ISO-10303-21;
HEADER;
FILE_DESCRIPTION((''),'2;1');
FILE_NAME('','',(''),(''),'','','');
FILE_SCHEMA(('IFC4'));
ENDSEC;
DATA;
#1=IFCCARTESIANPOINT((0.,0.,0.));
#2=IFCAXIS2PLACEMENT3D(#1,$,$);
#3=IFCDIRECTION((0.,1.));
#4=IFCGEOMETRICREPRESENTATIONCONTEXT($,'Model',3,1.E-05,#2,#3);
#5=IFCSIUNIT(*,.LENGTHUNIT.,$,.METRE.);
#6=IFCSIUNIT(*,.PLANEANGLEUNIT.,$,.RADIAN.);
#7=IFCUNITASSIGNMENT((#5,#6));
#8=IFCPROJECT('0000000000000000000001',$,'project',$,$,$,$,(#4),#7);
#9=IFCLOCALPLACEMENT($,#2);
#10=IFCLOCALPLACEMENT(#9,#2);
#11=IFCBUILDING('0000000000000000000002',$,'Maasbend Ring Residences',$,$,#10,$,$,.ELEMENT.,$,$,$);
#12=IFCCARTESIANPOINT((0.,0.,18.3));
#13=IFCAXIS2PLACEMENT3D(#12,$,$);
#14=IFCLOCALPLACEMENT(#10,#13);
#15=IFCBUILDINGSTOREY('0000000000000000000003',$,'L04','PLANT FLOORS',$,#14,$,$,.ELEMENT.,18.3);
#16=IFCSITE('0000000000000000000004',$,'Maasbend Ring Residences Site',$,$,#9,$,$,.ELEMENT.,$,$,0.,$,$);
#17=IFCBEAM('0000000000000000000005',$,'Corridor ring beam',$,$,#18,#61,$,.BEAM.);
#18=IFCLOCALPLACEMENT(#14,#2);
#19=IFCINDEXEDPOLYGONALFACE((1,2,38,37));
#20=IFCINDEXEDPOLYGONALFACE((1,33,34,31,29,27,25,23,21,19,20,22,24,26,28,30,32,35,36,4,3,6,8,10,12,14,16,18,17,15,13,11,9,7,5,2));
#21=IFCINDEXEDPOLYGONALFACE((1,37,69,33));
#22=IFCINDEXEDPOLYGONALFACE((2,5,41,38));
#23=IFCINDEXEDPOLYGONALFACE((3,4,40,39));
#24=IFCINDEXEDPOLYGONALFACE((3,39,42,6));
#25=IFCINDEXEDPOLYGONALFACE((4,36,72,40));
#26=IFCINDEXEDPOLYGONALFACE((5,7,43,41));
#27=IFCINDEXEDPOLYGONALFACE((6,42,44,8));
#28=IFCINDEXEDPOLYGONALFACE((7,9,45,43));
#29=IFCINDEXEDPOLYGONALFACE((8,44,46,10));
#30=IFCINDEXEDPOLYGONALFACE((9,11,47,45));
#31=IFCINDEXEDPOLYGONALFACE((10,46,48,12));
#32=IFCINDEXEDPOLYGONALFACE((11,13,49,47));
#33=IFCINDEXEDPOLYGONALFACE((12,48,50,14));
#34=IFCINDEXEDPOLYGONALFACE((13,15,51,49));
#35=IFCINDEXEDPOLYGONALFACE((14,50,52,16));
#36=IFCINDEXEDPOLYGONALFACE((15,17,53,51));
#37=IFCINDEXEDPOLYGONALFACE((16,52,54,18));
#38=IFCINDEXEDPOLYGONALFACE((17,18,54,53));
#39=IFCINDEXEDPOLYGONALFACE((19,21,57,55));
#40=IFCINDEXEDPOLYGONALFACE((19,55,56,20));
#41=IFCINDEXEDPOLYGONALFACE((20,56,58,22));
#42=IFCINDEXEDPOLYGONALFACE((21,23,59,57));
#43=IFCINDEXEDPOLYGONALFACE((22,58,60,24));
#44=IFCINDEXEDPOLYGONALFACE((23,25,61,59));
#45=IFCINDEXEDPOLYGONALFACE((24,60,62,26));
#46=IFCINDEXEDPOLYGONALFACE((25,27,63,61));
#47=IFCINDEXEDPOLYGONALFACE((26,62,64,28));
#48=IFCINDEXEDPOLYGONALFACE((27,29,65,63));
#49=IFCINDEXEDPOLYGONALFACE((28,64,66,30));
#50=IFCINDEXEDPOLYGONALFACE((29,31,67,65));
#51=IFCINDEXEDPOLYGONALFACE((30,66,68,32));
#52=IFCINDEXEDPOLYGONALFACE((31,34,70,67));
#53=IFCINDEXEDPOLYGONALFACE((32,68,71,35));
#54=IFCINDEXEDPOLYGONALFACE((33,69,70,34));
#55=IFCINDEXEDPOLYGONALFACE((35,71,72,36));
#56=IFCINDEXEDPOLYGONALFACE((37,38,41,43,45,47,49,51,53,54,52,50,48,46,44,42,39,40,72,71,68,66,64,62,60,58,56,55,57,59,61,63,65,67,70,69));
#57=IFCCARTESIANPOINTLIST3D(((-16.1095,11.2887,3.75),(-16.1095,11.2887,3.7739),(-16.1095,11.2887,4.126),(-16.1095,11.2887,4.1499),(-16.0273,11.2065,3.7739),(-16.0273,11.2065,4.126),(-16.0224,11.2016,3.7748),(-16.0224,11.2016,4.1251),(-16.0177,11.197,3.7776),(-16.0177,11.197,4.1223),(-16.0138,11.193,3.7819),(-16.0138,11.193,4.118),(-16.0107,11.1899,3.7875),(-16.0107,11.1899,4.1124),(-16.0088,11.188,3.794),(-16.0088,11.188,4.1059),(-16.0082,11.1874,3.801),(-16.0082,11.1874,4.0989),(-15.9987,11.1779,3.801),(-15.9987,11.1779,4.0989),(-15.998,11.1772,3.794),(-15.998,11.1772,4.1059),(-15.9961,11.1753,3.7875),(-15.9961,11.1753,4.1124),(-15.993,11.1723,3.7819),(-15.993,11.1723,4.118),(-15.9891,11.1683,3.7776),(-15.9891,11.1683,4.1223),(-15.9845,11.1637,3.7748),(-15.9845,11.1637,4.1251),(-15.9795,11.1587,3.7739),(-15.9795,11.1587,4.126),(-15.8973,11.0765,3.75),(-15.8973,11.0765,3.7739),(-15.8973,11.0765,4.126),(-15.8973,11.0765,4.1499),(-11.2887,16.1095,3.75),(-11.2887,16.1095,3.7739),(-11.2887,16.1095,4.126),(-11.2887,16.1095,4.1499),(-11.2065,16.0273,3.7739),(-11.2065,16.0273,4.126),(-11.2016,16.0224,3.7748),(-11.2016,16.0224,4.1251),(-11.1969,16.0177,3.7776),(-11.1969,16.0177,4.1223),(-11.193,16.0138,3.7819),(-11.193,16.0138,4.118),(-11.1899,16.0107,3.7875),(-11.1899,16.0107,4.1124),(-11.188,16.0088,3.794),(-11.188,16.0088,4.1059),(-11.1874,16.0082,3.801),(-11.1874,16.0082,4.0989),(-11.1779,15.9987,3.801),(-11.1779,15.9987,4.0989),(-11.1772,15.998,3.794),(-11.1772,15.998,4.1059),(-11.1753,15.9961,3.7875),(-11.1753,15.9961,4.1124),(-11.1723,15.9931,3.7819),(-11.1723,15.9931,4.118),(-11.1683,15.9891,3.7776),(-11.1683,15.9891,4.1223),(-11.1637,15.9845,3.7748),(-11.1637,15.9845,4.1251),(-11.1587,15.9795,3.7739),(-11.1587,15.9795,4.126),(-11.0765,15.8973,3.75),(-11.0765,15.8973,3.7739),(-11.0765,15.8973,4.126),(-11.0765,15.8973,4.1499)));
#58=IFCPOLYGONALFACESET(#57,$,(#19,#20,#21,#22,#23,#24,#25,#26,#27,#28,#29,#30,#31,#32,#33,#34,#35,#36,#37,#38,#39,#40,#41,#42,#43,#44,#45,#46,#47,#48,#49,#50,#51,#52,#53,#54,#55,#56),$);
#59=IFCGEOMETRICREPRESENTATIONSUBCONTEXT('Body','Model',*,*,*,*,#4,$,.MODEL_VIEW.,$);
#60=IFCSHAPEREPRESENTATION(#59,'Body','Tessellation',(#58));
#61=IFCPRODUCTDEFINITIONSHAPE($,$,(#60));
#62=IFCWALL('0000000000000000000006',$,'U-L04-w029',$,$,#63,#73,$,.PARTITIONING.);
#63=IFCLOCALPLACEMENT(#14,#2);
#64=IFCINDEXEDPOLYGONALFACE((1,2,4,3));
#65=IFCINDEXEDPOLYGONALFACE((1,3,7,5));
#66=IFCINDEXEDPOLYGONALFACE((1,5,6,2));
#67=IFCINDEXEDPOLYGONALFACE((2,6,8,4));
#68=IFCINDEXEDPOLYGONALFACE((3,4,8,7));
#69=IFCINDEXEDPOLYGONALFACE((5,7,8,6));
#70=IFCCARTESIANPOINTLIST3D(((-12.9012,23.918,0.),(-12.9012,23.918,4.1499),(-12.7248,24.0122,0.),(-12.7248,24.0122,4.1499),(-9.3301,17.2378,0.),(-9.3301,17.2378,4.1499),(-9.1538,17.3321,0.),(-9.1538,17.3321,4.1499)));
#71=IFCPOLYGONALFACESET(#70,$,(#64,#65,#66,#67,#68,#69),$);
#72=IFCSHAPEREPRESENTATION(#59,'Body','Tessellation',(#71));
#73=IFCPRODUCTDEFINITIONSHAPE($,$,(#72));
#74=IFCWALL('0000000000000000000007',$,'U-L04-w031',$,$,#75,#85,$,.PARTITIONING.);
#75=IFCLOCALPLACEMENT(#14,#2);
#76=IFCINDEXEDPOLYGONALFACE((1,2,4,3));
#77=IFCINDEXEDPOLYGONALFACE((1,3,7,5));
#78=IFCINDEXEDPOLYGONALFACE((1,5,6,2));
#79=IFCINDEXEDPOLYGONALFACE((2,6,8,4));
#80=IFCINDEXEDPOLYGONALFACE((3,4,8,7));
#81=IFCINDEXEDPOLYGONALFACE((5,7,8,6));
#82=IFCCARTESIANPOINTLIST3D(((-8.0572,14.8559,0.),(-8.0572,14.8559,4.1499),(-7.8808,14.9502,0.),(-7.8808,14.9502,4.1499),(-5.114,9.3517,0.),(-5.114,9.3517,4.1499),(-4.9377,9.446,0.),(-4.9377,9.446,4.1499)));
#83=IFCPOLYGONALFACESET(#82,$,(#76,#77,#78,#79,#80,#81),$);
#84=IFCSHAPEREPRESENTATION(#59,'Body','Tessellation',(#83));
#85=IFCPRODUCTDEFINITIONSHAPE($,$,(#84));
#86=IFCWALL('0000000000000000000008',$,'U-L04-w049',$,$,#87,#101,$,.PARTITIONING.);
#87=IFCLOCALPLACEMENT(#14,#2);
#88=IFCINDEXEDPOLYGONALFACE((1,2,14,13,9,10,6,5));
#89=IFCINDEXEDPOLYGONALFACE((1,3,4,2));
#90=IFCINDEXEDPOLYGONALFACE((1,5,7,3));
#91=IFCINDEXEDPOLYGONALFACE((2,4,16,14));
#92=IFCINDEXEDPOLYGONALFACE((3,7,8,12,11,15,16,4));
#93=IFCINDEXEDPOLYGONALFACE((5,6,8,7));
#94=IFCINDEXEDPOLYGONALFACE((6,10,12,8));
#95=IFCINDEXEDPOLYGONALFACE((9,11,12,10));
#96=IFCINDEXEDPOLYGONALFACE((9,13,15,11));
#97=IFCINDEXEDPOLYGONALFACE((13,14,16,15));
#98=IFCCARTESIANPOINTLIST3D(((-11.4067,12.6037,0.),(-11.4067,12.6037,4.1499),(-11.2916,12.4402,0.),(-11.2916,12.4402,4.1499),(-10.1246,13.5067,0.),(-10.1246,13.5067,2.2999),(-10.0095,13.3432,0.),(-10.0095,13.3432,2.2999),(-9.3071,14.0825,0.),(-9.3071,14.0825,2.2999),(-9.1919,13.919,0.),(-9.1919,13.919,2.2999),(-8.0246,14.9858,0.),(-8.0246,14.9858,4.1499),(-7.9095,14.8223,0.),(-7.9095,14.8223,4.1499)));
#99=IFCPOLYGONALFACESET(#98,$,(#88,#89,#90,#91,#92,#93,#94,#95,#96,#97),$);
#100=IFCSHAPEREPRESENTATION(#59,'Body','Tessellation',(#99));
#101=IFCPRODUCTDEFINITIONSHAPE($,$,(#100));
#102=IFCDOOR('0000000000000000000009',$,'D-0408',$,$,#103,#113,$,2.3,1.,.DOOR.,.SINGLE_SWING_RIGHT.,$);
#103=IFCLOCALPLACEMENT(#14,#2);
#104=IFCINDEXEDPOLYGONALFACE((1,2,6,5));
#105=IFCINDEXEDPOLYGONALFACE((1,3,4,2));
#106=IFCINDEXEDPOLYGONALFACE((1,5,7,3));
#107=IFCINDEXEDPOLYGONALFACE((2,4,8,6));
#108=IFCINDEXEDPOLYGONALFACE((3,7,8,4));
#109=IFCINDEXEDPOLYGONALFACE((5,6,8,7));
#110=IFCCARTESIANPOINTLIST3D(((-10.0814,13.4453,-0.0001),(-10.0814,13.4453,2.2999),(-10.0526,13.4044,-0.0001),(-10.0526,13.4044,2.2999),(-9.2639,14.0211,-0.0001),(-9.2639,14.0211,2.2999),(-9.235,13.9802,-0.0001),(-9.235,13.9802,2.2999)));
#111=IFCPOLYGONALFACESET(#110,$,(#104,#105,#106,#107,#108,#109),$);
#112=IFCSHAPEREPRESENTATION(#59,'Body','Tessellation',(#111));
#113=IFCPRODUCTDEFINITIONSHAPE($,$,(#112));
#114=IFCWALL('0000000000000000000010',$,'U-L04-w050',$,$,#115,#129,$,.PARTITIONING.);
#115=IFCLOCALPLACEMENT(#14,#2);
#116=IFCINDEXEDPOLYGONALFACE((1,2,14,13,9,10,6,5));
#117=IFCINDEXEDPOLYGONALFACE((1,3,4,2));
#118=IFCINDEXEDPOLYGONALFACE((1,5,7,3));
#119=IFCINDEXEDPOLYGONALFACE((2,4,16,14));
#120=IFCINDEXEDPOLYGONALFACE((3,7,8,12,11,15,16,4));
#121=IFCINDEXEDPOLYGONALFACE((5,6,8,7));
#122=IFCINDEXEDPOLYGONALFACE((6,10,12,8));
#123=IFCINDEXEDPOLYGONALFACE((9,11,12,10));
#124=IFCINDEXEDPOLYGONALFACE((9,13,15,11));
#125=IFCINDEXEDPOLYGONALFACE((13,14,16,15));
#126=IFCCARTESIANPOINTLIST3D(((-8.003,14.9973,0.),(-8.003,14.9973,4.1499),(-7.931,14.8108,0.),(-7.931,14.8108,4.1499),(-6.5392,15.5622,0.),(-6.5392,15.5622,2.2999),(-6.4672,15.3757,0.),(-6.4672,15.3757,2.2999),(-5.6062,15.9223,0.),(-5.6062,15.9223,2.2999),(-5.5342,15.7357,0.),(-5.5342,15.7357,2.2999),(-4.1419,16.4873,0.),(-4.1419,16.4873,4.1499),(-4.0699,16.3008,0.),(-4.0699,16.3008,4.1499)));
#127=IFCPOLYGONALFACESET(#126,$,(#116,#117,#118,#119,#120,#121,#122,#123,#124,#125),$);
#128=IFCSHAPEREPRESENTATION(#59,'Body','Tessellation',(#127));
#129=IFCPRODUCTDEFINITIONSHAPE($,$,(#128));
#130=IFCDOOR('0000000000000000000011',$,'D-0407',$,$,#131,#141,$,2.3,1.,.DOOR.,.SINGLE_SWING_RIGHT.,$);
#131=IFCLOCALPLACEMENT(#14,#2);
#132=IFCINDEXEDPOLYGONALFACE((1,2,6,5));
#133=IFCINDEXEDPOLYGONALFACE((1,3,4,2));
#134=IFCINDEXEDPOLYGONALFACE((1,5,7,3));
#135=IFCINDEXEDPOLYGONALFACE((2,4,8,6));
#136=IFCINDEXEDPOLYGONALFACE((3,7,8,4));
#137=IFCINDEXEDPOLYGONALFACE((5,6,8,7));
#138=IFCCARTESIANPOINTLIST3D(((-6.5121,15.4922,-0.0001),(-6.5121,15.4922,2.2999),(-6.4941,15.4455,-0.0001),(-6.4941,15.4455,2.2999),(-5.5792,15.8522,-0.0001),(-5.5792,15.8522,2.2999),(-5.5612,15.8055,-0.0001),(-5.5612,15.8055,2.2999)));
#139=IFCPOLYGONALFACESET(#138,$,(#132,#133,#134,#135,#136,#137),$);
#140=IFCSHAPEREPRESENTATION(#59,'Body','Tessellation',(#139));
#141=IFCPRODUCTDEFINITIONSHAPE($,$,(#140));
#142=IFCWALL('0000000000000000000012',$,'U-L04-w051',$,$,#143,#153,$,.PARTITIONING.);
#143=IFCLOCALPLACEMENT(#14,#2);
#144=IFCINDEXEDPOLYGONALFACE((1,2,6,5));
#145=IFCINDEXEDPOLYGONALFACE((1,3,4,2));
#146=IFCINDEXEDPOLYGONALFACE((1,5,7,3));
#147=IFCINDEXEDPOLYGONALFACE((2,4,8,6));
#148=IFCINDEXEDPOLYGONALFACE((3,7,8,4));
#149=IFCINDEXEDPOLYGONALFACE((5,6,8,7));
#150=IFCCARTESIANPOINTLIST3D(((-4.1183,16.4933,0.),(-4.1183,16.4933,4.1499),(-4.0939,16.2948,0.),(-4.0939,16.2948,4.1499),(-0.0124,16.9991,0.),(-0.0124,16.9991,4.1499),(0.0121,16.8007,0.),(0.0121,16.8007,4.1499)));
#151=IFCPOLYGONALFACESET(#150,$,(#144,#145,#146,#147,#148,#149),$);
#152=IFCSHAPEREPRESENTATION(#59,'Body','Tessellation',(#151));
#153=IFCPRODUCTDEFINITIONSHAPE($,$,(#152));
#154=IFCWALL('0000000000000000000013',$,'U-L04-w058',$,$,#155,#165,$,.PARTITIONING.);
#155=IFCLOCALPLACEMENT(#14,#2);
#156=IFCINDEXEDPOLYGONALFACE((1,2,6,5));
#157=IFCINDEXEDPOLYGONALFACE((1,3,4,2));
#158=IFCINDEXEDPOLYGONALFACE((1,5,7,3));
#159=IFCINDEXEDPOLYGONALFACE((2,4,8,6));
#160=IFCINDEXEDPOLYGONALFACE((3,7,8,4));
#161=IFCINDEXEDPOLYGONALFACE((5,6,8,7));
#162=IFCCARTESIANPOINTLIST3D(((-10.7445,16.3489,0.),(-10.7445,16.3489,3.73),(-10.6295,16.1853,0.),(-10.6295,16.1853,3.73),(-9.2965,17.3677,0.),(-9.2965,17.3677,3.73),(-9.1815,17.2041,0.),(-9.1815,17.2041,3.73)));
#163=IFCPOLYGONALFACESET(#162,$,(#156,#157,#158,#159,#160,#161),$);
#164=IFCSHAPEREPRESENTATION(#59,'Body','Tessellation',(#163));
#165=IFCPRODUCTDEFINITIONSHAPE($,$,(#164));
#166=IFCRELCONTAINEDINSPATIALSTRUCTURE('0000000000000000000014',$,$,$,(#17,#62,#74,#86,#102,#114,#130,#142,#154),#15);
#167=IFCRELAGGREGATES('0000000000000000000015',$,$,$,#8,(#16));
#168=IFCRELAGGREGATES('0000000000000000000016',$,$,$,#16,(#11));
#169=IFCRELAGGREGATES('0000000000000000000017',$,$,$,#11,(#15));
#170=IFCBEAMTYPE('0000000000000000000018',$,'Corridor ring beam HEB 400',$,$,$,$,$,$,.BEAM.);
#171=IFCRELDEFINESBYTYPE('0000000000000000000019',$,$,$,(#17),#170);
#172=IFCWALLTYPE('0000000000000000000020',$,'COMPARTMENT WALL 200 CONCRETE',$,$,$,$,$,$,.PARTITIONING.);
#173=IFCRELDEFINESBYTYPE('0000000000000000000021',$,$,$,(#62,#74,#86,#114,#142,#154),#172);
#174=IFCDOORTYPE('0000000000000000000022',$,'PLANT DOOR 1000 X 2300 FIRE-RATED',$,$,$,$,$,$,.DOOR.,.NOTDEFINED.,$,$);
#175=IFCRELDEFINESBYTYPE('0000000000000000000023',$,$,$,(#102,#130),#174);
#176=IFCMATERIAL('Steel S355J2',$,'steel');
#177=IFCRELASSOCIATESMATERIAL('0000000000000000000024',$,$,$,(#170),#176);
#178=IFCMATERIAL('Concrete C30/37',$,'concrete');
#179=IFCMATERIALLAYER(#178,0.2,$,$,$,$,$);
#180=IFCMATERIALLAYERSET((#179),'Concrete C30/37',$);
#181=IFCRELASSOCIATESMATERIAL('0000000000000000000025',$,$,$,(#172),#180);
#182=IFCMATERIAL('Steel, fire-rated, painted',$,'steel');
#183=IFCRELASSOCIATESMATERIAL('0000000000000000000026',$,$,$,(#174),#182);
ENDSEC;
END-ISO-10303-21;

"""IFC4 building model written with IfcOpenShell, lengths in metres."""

from ifc_helpers import new_model, si_unit, direction, frame, frame_2d, origin, origin_2d, place, context, subcontext, project, spatial, rectangle, i_section, extrude, material, layer, layer_set, material_profile, profile_set, type_object, element, fill, save


model = new_model("IFC4")

# Units and contexts
model_context = context("Model", 3, precision=1e-05, world=origin(), true_north=direction((0.0, 1.0)))
body_context = subcontext(model_context, "Body", "Model", "MODEL_VIEW")
ifc_project = project(units=[si_unit("LENGTHUNIT", "METRE"), si_unit("PLANEANGLEUNIT", "RADIAN")], contexts=[model_context])

# Site, building, storey
site_placement = place(None, origin())
site = spatial("IfcSite", under=ifc_project, at=site_placement, Name="Maasbend Ring Residences Site", CompositionType="ELEMENT", RefElevation=0.0)
building_placement = place(site_placement, origin())
building = spatial("IfcBuilding", under=site, at=building_placement, Name="Maasbend Ring Residences", CompositionType="ELEMENT")
storey_placement = place(building_placement, frame((0.0, 0.0, 18.3)))
storey = spatial("IfcBuildingStorey", under=building, at=storey_placement, Name="L04", Description="PLANT FLOORS", CompositionType="ELEMENT", Elevation=18.3)

# Beam
ifc_material_1 = material(Name="Steel S355J2", Category="steel")
ifc_material_profile_1 = material_profile(ifc_material_1, i_section(OverallWidth=0.3, OverallDepth=0.3999, WebThickness=0.0134, FlangeThickness=0.0239, FilletRadius=0.0271, at=origin_2d()), Name="HEB 400")
ifc_profile_set_1 = profile_set([ifc_material_profile_1], Name="Steel S355J2")
beam_type_1 = type_object("IfcBeamType", Name="Corridor ring beam HEB 400", PredefinedType="BEAM", material=ifc_profile_set_1)
for number, where, z_axis, x_axis, name in (
    (1, (-11.1826, 16.0034, 3.95), (-0.707107, -0.707107, 0.0), (0.707107, -0.707107, 0.0), "Corridor ring beam"),
):
    element("IfcBeam", number, at=place(storey_placement, frame(where, z_axis=z_axis, x_axis=x_axis)), inside=storey, type_object=beam_type_1, Name=name, PredefinedType="BEAM", context=body_context, shape_type="SweptSolid", body=[
        extrude(i_section(OverallWidth=0.3, OverallDepth=0.3999, WebThickness=0.0134, FlangeThickness=0.0239, FilletRadius=0.0271, at=origin_2d()), origin(), (0.0, 0.0, 1.0), 6.8176),
    ])

# Walls
ifc_material_2 = material(Name="Concrete C30/37", Category="concrete")
ifc_layer_1 = layer(ifc_material_2, 0.2)
ifc_layer_set_1 = layer_set([ifc_layer_1], Name="Concrete C30/37")
wall_type_1 = type_object("IfcWallType", Name="COMPARTMENT WALL 200 CONCRETE", PredefinedType="PARTITIONING", material=ifc_layer_set_1)
wall_1_placement = place(storey_placement, frame((-12.813, 23.9651, 0.0), z_axis=(0.0, 0.0, 1.0), x_axis=(0.47144, -0.881898, 0.0)))
element("IfcWall", 2, at=wall_1_placement, inside=storey, type_object=wall_type_1, Name="U-L04-w029", PredefinedType="PARTITIONING", context=body_context, shape_type="SweptSolid", body=[
    extrude(rectangle(XDim=7.5747, YDim=0.2, at=frame_2d((3.7874, 0.0))), origin(), (0.0, 0.0, 1.0), 4.1499),
])
wall_2_placement = place(storey_placement, frame((-7.969, 14.9031, 0.0), z_axis=(0.0, 0.0, 1.0), x_axis=(0.471532, -0.881849, 0.0)))
element("IfcWall", 3, at=wall_2_placement, inside=storey, type_object=wall_type_1, Name="U-L04-w031", PredefinedType="PARTITIONING", context=body_context, shape_type="SweptSolid", body=[
    extrude(rectangle(XDim=6.2417, YDim=0.2, at=frame_2d((3.1208, 0.0))), origin(), (0.0, 0.0, 1.0), 4.1499),
])

# Walls, openings, doors
wall_3_placement = place(storey_placement, frame((-11.3491, 12.522, 0.0), z_axis=(0.0, 0.0, 1.0), x_axis=(0.817568, 0.575833, 0.0)))
wall_3 = element("IfcWall", 4, at=wall_3_placement, inside=storey, type_object=wall_type_1, Name="U-L04-w049", PredefinedType="PARTITIONING", context=body_context, shape_type="SweptSolid", body=[
    extrude(rectangle(XDim=4.1367, YDim=0.2, at=frame_2d((2.0684, 0.0))), origin(), (0.0, 0.0, 1.0), 4.1499),
])
opening_1_placement = place(wall_3_placement, frame((1.5681, 0.0, 0.0)))
opening_1 = element("IfcOpeningElement", 5, at=opening_1_placement, cuts=wall_3, PredefinedType="OPENING", context=body_context, shape_type="SweptSolid", body=[
    extrude(rectangle(XDim=1.0, YDim=2.3, at=frame_2d((0.5, 1.1499))), frame((0.0, 0.1099, 0.0), z_axis=(0.0, -1.0, 0.0), x_axis=(1.0, 0.0, 0.0)), (0.0, 0.0, 1.0), 0.22),
])
ifc_material_3 = material(Name="Steel, fire-rated, painted", Category="steel")
door_type = type_object("IfcDoorType", Name="PLANT DOOR 1000 X 2300 FIRE-RATED", OperationType="NOTDEFINED", PredefinedType="DOOR", material=ifc_material_3)
door_1_placement = place(opening_1_placement, origin())
door_1 = element("IfcDoor", 6, at=door_1_placement, inside=storey, type_object=door_type, Name="D-0408", OperationType="SINGLE_SWING_RIGHT", OverallHeight=2.3, OverallWidth=1.0, PredefinedType="DOOR", context=body_context, shape_type="SweptSolid", body=[
    extrude(rectangle(XDim=1.0, YDim=2.3, at=frame_2d((0.5, 1.1499))), frame((0.0, 0.0249, 0.0), z_axis=(0.0, -1.0, 0.0), x_axis=(1.0, 0.0, 0.0)), (0.0, 0.0, 1.0), 0.05),
])
fill(opening_1, door_1)
wall_4_placement = place(storey_placement, frame((-7.967, 14.9041, 0.0), z_axis=(0.0, 0.0, 1.0), x_axis=(0.932944, 0.360022, 0.0)))
wall_4 = element("IfcWall", 7, at=wall_4_placement, inside=storey, type_object=wall_type_1, Name="U-L04-w050", PredefinedType="PARTITIONING", context=body_context, shape_type="SweptSolid", body=[
    extrude(rectangle(XDim=4.1387, YDim=0.2, at=frame_2d((2.0693, 0.0))), origin(), (0.0, 0.0, 1.0), 4.1499),
])
opening_2_placement = place(wall_4_placement, frame((1.5691, 0.0, 0.0)))
opening_2 = element("IfcOpeningElement", 8, at=opening_2_placement, cuts=wall_4, PredefinedType="OPENING", context=body_context, shape_type="SweptSolid", body=[
    extrude(rectangle(XDim=1.0, YDim=2.3, at=frame_2d((0.5, 1.1499))), frame((0.0, 0.1099, 0.0), z_axis=(0.0, -1.0, 0.0), x_axis=(1.0, 0.0, 0.0)), (0.0, 0.0, 1.0), 0.22),
])
door_2_placement = place(opening_2_placement, origin())
door_2 = element("IfcDoor", 9, at=door_2_placement, inside=storey, type_object=door_type, Name="D-0407", OperationType="SINGLE_SWING_RIGHT", OverallHeight=2.3, OverallWidth=1.0, PredefinedType="DOOR", context=body_context, shape_type="SweptSolid", body=[
    extrude(rectangle(XDim=1.0, YDim=2.3, at=frame_2d((0.5, 1.1499))), frame((0.0, 0.0249, 0.0), z_axis=(0.0, -1.0, 0.0), x_axis=(1.0, 0.0, 0.0)), (0.0, 0.0, 1.0), 0.05),
])
fill(opening_2, door_2)

# Walls
wall_5_placement = place(storey_placement, frame((-4.106, 16.394, 0.0), z_axis=(0.0, 0.0, 1.0), x_axis=(0.992496, 0.122277, 0.0)))
element("IfcWall", 10, at=wall_5_placement, inside=storey, type_object=wall_type_1, Name="U-L04-w051", PredefinedType="PARTITIONING", context=body_context, shape_type="SweptSolid", body=[
    extrude(rectangle(XDim=4.137, YDim=0.2, at=frame_2d((2.0684, 0.0))), origin(), (0.0, 0.0, 1.0), 4.1499),
])
wall_6_placement = place(storey_placement, frame((-10.687, 16.2671, 0.0), z_axis=(0.0, 0.0, 1.0), x_axis=(0.81785, 0.575432, 0.0)))
element("IfcWall", 11, at=wall_6_placement, inside=storey, type_object=wall_type_1, Name="U-L04-w058", PredefinedType="PARTITIONING", context=body_context, shape_type="SweptSolid", body=[
    extrude(rectangle(XDim=1.7705, YDim=0.2, at=frame_2d((0.8853, 0.0))), origin(), (0.0, 0.0, 1.0), 3.73),
])

save(model, "model.ifc")
